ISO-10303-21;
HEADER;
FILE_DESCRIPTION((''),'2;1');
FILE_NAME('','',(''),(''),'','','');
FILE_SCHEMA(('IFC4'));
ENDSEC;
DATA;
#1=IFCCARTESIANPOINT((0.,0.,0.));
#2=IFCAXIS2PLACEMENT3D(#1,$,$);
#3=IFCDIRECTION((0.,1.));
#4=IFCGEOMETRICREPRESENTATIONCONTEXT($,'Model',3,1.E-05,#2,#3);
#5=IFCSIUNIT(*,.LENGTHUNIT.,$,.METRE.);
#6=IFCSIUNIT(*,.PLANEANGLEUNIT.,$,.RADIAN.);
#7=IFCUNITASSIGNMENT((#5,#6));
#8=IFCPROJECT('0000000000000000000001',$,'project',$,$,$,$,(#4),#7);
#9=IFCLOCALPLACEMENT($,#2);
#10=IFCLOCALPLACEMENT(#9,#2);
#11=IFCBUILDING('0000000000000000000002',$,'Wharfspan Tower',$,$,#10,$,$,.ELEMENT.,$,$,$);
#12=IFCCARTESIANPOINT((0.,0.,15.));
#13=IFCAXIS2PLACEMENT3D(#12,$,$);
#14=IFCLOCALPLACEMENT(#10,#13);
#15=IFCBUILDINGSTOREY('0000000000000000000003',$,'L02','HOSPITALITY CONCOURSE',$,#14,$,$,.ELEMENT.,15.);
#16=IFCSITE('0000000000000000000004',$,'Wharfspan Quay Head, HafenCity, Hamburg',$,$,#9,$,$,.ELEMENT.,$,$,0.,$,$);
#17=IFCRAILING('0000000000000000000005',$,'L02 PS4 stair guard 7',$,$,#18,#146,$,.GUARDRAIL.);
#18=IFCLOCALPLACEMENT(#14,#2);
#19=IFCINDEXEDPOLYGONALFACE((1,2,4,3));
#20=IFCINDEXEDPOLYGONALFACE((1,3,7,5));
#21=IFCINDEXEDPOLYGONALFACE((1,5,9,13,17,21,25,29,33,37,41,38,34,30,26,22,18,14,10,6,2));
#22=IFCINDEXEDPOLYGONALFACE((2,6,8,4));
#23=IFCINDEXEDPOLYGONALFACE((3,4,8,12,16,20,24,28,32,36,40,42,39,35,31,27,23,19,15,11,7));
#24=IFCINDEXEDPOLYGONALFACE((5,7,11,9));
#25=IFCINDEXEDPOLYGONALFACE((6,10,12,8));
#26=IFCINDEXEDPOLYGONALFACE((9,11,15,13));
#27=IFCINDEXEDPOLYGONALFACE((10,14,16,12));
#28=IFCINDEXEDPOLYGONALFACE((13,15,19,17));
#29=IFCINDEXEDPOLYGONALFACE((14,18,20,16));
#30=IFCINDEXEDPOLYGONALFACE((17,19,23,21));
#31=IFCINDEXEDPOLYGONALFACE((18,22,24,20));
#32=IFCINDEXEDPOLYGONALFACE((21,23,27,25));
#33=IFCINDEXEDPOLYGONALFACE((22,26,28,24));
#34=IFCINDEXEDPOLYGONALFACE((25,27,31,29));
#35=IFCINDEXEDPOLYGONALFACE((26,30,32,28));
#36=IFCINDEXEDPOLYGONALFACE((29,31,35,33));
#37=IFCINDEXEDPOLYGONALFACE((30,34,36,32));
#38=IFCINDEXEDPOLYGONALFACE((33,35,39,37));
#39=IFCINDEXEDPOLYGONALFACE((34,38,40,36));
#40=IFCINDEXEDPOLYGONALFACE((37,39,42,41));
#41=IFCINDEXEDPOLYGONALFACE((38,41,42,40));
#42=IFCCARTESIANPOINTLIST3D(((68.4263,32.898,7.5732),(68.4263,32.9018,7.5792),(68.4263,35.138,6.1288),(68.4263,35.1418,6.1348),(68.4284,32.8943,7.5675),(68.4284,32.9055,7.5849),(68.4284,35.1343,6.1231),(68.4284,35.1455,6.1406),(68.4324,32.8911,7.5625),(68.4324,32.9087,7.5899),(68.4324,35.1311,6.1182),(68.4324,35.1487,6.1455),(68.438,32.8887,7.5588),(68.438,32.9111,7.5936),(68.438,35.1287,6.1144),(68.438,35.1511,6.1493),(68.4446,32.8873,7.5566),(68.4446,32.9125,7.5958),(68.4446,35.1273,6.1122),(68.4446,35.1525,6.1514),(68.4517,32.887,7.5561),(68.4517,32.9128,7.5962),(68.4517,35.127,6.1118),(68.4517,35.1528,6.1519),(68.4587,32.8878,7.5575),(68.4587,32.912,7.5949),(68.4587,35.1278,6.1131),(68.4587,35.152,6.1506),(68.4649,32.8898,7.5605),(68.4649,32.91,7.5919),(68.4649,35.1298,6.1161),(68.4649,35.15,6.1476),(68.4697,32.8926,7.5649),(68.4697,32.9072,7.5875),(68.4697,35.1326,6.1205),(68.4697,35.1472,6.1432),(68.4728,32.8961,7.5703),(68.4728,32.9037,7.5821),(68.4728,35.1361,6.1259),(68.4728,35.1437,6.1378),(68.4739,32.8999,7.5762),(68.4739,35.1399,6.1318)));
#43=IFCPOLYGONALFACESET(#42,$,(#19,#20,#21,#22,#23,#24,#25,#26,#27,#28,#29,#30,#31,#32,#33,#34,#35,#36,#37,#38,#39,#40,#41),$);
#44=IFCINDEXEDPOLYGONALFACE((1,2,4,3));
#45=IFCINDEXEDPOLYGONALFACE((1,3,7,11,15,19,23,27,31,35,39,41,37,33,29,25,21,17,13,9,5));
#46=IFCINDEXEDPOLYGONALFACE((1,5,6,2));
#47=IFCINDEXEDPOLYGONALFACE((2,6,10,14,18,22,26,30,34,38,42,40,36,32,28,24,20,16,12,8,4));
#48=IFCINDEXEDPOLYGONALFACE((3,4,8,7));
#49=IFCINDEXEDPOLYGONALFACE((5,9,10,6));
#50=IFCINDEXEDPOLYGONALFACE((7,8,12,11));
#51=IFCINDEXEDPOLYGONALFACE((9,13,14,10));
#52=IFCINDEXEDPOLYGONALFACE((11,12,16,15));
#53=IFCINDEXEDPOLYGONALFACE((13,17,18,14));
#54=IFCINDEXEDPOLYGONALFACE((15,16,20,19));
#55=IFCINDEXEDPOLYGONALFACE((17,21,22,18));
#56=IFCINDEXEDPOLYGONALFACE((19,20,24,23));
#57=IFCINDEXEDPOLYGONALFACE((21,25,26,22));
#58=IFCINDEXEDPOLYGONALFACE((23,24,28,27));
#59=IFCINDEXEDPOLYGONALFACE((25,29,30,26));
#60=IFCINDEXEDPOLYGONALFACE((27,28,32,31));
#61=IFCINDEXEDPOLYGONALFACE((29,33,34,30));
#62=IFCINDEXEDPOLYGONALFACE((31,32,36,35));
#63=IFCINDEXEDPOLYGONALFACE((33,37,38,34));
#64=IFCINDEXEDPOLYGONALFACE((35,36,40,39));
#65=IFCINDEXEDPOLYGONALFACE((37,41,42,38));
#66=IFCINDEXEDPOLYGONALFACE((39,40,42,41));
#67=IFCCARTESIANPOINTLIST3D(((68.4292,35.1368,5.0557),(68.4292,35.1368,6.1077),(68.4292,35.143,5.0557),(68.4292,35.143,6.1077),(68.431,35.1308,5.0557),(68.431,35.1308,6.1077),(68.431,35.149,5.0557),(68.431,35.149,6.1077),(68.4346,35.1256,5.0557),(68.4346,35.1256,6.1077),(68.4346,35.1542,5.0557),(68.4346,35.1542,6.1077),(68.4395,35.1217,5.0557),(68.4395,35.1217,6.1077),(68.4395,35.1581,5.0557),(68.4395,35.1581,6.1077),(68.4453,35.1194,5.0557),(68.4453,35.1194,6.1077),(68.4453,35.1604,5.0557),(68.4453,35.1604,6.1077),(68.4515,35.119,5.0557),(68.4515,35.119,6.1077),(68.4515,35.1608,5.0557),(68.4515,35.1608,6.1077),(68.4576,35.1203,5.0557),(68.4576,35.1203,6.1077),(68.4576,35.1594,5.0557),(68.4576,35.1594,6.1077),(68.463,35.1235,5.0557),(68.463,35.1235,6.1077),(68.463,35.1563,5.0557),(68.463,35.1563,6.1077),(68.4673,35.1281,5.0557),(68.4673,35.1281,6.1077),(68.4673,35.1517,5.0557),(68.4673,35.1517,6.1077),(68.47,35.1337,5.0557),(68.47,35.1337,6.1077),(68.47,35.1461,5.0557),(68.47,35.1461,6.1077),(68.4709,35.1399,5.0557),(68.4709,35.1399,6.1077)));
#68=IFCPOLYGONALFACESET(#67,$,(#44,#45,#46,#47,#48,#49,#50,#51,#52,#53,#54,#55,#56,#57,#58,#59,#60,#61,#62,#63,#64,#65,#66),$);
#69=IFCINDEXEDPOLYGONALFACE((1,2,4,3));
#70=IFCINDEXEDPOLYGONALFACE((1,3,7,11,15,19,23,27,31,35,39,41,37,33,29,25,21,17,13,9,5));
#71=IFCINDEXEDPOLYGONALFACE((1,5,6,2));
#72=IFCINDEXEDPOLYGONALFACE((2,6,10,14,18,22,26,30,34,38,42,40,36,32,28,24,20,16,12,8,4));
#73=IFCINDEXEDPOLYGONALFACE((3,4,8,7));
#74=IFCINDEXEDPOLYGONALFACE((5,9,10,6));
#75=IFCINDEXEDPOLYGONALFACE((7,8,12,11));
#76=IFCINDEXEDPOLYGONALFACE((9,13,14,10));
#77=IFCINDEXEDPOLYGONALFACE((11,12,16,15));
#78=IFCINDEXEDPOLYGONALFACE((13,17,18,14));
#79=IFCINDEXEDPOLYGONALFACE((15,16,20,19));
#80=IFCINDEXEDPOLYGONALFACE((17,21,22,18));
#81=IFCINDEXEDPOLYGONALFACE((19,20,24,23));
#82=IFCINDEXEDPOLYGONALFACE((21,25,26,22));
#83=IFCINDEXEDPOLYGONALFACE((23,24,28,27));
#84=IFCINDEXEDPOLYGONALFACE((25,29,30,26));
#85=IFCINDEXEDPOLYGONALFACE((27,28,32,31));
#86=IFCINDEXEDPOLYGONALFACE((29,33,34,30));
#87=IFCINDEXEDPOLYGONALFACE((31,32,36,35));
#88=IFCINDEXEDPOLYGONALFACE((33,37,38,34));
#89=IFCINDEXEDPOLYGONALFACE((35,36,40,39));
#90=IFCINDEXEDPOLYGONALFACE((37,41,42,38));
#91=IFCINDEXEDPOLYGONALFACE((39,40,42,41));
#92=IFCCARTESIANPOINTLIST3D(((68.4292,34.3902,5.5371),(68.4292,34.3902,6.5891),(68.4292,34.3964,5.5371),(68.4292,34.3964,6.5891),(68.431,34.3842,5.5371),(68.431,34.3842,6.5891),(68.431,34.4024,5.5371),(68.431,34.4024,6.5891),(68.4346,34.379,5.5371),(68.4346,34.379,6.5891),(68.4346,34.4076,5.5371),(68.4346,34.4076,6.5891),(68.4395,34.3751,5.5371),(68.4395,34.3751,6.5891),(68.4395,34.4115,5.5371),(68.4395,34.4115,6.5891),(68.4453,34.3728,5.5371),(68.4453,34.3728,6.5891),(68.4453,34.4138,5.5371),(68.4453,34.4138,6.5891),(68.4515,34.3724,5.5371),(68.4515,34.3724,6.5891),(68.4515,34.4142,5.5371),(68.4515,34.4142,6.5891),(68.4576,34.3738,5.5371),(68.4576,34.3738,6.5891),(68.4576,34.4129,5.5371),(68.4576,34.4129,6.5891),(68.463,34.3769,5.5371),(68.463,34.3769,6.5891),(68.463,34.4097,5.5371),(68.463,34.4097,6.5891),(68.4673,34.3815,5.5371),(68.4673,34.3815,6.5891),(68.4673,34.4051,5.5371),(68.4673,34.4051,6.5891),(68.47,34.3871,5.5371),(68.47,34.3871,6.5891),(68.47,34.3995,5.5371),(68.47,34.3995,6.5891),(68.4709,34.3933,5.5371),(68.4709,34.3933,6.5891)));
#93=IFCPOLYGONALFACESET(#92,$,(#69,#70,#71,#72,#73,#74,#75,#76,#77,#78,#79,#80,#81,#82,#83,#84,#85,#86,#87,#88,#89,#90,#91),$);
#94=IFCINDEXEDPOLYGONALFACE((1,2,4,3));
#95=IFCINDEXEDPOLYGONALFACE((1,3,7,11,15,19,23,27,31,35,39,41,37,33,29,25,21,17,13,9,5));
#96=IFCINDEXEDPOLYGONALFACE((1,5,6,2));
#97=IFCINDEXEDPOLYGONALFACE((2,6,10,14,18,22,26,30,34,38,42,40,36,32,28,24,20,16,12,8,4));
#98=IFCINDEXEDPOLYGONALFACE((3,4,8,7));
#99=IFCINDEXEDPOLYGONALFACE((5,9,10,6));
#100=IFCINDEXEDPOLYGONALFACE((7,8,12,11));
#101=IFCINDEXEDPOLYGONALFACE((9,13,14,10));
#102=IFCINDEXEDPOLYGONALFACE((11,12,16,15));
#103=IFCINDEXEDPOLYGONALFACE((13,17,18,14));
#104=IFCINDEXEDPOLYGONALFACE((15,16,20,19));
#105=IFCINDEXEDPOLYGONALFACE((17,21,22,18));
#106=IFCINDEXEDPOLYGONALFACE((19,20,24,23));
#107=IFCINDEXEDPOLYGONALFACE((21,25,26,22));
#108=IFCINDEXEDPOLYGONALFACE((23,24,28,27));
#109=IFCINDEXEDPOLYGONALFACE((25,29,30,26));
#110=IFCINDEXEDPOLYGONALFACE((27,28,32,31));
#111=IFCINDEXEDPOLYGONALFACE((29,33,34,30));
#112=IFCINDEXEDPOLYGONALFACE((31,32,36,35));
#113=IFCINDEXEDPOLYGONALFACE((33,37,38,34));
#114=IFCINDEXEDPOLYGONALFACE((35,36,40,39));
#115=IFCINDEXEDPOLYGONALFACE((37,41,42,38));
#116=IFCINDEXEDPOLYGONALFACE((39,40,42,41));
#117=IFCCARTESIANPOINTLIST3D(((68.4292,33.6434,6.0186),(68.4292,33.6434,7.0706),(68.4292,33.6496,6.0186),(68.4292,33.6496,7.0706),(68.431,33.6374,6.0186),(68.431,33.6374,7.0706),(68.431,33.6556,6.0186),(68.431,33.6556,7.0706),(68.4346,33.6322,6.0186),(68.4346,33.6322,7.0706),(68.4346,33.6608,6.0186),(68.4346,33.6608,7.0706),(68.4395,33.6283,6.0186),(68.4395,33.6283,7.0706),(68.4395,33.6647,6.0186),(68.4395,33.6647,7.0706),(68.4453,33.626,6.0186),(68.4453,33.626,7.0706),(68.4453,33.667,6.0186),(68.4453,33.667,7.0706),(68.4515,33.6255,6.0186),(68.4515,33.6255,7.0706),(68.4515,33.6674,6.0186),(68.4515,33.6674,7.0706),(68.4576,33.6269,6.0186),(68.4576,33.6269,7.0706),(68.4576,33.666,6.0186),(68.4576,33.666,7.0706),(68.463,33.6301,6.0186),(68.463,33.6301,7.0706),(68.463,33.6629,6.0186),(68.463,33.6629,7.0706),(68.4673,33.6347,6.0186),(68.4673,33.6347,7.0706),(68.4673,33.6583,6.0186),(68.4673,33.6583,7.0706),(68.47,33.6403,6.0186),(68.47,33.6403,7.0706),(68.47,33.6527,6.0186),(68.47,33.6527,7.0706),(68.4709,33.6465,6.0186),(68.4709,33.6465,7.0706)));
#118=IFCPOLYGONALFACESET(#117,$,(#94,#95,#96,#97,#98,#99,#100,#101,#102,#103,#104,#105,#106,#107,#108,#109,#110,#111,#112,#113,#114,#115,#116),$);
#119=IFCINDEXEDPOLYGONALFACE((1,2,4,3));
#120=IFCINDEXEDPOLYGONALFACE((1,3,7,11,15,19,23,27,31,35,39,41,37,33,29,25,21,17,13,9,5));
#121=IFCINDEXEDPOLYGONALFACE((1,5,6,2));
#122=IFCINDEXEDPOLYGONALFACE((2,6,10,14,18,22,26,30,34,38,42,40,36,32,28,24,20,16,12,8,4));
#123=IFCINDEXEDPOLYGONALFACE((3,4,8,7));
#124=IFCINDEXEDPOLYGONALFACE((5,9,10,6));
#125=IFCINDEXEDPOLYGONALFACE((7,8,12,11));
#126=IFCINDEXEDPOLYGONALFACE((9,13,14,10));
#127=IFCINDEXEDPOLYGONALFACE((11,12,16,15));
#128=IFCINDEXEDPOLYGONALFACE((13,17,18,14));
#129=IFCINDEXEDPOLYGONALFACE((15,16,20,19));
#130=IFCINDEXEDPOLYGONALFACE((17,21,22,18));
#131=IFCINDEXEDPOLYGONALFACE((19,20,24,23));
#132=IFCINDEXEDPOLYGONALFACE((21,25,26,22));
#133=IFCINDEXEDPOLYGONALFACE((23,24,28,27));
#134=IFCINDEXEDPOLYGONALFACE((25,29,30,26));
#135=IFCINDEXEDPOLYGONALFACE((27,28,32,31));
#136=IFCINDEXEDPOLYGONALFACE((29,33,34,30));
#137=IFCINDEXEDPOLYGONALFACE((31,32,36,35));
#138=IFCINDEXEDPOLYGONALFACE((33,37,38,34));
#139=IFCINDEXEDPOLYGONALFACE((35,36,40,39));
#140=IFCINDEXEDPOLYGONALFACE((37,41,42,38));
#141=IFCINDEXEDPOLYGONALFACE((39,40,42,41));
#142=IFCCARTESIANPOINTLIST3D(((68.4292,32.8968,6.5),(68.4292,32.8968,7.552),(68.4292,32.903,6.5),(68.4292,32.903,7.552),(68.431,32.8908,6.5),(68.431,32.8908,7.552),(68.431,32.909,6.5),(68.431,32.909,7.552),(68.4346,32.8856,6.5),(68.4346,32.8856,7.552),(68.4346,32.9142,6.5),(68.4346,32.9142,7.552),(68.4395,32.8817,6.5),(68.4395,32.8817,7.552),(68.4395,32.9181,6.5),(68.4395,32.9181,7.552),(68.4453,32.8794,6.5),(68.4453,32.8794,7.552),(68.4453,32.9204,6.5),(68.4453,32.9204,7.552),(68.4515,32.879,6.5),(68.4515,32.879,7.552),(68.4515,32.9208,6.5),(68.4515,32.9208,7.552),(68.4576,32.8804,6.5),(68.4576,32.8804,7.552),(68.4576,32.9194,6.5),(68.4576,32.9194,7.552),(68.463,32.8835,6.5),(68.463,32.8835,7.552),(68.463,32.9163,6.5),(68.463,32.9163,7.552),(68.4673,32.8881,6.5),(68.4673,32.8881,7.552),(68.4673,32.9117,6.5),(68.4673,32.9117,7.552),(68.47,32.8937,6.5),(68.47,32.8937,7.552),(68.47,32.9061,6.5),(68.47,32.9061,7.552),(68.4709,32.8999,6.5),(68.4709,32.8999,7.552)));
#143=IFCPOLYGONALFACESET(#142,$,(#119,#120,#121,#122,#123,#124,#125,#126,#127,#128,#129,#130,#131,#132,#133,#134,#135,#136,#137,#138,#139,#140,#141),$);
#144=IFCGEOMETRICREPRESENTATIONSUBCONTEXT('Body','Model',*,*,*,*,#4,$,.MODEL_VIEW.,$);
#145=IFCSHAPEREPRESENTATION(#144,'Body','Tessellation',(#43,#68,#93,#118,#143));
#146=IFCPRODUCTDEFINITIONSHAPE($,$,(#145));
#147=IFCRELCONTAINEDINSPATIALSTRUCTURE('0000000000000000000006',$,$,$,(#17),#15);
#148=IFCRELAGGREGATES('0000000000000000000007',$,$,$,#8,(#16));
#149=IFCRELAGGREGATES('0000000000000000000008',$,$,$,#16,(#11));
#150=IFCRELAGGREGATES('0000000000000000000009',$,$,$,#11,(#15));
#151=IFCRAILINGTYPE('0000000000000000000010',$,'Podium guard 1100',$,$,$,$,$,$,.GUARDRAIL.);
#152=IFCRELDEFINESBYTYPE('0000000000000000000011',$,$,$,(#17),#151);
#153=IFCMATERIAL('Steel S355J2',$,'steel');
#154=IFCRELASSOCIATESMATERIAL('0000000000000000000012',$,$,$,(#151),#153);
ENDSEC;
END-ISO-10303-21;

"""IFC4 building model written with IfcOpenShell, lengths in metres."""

from ifc_helpers import new_model, si_unit, direction, frame, origin, origin_2d, place, context, subcontext, project, spatial, circle, extrude, material, type_object, element, save


model = new_model("IFC4")

# Units and contexts
model_context = context("Model", 3, precision=1e-05, world=origin(), true_north=direction((0.0, 1.0)))
body_context = subcontext(model_context, "Body", "Model", "MODEL_VIEW")
ifc_project = project(units=[si_unit("LENGTHUNIT", "METRE"), si_unit("PLANEANGLEUNIT", "RADIAN")], contexts=[model_context])

# Site, building, storey
site_placement = place(None, origin())
site = spatial("IfcSite", under=ifc_project, at=site_placement, Name="Wharfspan Quay Head, HafenCity, Hamburg", CompositionType="ELEMENT", RefElevation=0.0)
building_placement = place(site_placement, origin())
building = spatial("IfcBuilding", under=site, at=building_placement, Name="Wharfspan Tower", CompositionType="ELEMENT")
storey_placement = place(building_placement, frame((0.0, 0.0, 15.0)))
storey = spatial("IfcBuildingStorey", under=building, at=storey_placement, Name="L02", Description="HOSPITALITY CONCOURSE", CompositionType="ELEMENT", Elevation=15.0)

# Railing
ifc_material_1 = material(Name="Steel S355J2", Category="steel")
railing_type_1 = type_object("IfcRailingType", Name="Podium guard 1100", PredefinedType="GUARDRAIL", material=ifc_material_1)
railing_1_placement = place(storey_placement, frame((68.45, 35.1399, 5.0557)))
element("IfcRailing", 1, at=railing_1_placement, inside=storey, type_object=railing_type_1, Name="L02 PS4 stair guard 7", PredefinedType="GUARDRAIL", context=body_context, shape_type="SweptSolid", body=[
    extrude(circle(Radius=0.0239, at=origin_2d()), frame((0.0, 0.0, 1.0762), z_axis=(0.0, -0.840437, 0.54191), x_axis=(1.0, 0.0, 0.0)), (0.0, 0.0, 1.0), 2.6653),
    extrude(circle(Radius=0.021, at=origin_2d()), origin(), (0.0, 0.0, 1.0), 1.052),
    extrude(circle(Radius=0.021, at=origin_2d()), frame((0.0, -0.7466, 0.4814)), (0.0, 0.0, 1.0), 1.052),
    extrude(circle(Radius=0.021, at=origin_2d()), frame((0.0, -1.4934, 0.9629)), (0.0, 0.0, 1.0), 1.052),
    extrude(circle(Radius=0.021, at=origin_2d()), frame((0.0, -2.24, 1.4443)), (0.0, 0.0, 1.0), 1.052),
])

save(model, "model.ifc")
